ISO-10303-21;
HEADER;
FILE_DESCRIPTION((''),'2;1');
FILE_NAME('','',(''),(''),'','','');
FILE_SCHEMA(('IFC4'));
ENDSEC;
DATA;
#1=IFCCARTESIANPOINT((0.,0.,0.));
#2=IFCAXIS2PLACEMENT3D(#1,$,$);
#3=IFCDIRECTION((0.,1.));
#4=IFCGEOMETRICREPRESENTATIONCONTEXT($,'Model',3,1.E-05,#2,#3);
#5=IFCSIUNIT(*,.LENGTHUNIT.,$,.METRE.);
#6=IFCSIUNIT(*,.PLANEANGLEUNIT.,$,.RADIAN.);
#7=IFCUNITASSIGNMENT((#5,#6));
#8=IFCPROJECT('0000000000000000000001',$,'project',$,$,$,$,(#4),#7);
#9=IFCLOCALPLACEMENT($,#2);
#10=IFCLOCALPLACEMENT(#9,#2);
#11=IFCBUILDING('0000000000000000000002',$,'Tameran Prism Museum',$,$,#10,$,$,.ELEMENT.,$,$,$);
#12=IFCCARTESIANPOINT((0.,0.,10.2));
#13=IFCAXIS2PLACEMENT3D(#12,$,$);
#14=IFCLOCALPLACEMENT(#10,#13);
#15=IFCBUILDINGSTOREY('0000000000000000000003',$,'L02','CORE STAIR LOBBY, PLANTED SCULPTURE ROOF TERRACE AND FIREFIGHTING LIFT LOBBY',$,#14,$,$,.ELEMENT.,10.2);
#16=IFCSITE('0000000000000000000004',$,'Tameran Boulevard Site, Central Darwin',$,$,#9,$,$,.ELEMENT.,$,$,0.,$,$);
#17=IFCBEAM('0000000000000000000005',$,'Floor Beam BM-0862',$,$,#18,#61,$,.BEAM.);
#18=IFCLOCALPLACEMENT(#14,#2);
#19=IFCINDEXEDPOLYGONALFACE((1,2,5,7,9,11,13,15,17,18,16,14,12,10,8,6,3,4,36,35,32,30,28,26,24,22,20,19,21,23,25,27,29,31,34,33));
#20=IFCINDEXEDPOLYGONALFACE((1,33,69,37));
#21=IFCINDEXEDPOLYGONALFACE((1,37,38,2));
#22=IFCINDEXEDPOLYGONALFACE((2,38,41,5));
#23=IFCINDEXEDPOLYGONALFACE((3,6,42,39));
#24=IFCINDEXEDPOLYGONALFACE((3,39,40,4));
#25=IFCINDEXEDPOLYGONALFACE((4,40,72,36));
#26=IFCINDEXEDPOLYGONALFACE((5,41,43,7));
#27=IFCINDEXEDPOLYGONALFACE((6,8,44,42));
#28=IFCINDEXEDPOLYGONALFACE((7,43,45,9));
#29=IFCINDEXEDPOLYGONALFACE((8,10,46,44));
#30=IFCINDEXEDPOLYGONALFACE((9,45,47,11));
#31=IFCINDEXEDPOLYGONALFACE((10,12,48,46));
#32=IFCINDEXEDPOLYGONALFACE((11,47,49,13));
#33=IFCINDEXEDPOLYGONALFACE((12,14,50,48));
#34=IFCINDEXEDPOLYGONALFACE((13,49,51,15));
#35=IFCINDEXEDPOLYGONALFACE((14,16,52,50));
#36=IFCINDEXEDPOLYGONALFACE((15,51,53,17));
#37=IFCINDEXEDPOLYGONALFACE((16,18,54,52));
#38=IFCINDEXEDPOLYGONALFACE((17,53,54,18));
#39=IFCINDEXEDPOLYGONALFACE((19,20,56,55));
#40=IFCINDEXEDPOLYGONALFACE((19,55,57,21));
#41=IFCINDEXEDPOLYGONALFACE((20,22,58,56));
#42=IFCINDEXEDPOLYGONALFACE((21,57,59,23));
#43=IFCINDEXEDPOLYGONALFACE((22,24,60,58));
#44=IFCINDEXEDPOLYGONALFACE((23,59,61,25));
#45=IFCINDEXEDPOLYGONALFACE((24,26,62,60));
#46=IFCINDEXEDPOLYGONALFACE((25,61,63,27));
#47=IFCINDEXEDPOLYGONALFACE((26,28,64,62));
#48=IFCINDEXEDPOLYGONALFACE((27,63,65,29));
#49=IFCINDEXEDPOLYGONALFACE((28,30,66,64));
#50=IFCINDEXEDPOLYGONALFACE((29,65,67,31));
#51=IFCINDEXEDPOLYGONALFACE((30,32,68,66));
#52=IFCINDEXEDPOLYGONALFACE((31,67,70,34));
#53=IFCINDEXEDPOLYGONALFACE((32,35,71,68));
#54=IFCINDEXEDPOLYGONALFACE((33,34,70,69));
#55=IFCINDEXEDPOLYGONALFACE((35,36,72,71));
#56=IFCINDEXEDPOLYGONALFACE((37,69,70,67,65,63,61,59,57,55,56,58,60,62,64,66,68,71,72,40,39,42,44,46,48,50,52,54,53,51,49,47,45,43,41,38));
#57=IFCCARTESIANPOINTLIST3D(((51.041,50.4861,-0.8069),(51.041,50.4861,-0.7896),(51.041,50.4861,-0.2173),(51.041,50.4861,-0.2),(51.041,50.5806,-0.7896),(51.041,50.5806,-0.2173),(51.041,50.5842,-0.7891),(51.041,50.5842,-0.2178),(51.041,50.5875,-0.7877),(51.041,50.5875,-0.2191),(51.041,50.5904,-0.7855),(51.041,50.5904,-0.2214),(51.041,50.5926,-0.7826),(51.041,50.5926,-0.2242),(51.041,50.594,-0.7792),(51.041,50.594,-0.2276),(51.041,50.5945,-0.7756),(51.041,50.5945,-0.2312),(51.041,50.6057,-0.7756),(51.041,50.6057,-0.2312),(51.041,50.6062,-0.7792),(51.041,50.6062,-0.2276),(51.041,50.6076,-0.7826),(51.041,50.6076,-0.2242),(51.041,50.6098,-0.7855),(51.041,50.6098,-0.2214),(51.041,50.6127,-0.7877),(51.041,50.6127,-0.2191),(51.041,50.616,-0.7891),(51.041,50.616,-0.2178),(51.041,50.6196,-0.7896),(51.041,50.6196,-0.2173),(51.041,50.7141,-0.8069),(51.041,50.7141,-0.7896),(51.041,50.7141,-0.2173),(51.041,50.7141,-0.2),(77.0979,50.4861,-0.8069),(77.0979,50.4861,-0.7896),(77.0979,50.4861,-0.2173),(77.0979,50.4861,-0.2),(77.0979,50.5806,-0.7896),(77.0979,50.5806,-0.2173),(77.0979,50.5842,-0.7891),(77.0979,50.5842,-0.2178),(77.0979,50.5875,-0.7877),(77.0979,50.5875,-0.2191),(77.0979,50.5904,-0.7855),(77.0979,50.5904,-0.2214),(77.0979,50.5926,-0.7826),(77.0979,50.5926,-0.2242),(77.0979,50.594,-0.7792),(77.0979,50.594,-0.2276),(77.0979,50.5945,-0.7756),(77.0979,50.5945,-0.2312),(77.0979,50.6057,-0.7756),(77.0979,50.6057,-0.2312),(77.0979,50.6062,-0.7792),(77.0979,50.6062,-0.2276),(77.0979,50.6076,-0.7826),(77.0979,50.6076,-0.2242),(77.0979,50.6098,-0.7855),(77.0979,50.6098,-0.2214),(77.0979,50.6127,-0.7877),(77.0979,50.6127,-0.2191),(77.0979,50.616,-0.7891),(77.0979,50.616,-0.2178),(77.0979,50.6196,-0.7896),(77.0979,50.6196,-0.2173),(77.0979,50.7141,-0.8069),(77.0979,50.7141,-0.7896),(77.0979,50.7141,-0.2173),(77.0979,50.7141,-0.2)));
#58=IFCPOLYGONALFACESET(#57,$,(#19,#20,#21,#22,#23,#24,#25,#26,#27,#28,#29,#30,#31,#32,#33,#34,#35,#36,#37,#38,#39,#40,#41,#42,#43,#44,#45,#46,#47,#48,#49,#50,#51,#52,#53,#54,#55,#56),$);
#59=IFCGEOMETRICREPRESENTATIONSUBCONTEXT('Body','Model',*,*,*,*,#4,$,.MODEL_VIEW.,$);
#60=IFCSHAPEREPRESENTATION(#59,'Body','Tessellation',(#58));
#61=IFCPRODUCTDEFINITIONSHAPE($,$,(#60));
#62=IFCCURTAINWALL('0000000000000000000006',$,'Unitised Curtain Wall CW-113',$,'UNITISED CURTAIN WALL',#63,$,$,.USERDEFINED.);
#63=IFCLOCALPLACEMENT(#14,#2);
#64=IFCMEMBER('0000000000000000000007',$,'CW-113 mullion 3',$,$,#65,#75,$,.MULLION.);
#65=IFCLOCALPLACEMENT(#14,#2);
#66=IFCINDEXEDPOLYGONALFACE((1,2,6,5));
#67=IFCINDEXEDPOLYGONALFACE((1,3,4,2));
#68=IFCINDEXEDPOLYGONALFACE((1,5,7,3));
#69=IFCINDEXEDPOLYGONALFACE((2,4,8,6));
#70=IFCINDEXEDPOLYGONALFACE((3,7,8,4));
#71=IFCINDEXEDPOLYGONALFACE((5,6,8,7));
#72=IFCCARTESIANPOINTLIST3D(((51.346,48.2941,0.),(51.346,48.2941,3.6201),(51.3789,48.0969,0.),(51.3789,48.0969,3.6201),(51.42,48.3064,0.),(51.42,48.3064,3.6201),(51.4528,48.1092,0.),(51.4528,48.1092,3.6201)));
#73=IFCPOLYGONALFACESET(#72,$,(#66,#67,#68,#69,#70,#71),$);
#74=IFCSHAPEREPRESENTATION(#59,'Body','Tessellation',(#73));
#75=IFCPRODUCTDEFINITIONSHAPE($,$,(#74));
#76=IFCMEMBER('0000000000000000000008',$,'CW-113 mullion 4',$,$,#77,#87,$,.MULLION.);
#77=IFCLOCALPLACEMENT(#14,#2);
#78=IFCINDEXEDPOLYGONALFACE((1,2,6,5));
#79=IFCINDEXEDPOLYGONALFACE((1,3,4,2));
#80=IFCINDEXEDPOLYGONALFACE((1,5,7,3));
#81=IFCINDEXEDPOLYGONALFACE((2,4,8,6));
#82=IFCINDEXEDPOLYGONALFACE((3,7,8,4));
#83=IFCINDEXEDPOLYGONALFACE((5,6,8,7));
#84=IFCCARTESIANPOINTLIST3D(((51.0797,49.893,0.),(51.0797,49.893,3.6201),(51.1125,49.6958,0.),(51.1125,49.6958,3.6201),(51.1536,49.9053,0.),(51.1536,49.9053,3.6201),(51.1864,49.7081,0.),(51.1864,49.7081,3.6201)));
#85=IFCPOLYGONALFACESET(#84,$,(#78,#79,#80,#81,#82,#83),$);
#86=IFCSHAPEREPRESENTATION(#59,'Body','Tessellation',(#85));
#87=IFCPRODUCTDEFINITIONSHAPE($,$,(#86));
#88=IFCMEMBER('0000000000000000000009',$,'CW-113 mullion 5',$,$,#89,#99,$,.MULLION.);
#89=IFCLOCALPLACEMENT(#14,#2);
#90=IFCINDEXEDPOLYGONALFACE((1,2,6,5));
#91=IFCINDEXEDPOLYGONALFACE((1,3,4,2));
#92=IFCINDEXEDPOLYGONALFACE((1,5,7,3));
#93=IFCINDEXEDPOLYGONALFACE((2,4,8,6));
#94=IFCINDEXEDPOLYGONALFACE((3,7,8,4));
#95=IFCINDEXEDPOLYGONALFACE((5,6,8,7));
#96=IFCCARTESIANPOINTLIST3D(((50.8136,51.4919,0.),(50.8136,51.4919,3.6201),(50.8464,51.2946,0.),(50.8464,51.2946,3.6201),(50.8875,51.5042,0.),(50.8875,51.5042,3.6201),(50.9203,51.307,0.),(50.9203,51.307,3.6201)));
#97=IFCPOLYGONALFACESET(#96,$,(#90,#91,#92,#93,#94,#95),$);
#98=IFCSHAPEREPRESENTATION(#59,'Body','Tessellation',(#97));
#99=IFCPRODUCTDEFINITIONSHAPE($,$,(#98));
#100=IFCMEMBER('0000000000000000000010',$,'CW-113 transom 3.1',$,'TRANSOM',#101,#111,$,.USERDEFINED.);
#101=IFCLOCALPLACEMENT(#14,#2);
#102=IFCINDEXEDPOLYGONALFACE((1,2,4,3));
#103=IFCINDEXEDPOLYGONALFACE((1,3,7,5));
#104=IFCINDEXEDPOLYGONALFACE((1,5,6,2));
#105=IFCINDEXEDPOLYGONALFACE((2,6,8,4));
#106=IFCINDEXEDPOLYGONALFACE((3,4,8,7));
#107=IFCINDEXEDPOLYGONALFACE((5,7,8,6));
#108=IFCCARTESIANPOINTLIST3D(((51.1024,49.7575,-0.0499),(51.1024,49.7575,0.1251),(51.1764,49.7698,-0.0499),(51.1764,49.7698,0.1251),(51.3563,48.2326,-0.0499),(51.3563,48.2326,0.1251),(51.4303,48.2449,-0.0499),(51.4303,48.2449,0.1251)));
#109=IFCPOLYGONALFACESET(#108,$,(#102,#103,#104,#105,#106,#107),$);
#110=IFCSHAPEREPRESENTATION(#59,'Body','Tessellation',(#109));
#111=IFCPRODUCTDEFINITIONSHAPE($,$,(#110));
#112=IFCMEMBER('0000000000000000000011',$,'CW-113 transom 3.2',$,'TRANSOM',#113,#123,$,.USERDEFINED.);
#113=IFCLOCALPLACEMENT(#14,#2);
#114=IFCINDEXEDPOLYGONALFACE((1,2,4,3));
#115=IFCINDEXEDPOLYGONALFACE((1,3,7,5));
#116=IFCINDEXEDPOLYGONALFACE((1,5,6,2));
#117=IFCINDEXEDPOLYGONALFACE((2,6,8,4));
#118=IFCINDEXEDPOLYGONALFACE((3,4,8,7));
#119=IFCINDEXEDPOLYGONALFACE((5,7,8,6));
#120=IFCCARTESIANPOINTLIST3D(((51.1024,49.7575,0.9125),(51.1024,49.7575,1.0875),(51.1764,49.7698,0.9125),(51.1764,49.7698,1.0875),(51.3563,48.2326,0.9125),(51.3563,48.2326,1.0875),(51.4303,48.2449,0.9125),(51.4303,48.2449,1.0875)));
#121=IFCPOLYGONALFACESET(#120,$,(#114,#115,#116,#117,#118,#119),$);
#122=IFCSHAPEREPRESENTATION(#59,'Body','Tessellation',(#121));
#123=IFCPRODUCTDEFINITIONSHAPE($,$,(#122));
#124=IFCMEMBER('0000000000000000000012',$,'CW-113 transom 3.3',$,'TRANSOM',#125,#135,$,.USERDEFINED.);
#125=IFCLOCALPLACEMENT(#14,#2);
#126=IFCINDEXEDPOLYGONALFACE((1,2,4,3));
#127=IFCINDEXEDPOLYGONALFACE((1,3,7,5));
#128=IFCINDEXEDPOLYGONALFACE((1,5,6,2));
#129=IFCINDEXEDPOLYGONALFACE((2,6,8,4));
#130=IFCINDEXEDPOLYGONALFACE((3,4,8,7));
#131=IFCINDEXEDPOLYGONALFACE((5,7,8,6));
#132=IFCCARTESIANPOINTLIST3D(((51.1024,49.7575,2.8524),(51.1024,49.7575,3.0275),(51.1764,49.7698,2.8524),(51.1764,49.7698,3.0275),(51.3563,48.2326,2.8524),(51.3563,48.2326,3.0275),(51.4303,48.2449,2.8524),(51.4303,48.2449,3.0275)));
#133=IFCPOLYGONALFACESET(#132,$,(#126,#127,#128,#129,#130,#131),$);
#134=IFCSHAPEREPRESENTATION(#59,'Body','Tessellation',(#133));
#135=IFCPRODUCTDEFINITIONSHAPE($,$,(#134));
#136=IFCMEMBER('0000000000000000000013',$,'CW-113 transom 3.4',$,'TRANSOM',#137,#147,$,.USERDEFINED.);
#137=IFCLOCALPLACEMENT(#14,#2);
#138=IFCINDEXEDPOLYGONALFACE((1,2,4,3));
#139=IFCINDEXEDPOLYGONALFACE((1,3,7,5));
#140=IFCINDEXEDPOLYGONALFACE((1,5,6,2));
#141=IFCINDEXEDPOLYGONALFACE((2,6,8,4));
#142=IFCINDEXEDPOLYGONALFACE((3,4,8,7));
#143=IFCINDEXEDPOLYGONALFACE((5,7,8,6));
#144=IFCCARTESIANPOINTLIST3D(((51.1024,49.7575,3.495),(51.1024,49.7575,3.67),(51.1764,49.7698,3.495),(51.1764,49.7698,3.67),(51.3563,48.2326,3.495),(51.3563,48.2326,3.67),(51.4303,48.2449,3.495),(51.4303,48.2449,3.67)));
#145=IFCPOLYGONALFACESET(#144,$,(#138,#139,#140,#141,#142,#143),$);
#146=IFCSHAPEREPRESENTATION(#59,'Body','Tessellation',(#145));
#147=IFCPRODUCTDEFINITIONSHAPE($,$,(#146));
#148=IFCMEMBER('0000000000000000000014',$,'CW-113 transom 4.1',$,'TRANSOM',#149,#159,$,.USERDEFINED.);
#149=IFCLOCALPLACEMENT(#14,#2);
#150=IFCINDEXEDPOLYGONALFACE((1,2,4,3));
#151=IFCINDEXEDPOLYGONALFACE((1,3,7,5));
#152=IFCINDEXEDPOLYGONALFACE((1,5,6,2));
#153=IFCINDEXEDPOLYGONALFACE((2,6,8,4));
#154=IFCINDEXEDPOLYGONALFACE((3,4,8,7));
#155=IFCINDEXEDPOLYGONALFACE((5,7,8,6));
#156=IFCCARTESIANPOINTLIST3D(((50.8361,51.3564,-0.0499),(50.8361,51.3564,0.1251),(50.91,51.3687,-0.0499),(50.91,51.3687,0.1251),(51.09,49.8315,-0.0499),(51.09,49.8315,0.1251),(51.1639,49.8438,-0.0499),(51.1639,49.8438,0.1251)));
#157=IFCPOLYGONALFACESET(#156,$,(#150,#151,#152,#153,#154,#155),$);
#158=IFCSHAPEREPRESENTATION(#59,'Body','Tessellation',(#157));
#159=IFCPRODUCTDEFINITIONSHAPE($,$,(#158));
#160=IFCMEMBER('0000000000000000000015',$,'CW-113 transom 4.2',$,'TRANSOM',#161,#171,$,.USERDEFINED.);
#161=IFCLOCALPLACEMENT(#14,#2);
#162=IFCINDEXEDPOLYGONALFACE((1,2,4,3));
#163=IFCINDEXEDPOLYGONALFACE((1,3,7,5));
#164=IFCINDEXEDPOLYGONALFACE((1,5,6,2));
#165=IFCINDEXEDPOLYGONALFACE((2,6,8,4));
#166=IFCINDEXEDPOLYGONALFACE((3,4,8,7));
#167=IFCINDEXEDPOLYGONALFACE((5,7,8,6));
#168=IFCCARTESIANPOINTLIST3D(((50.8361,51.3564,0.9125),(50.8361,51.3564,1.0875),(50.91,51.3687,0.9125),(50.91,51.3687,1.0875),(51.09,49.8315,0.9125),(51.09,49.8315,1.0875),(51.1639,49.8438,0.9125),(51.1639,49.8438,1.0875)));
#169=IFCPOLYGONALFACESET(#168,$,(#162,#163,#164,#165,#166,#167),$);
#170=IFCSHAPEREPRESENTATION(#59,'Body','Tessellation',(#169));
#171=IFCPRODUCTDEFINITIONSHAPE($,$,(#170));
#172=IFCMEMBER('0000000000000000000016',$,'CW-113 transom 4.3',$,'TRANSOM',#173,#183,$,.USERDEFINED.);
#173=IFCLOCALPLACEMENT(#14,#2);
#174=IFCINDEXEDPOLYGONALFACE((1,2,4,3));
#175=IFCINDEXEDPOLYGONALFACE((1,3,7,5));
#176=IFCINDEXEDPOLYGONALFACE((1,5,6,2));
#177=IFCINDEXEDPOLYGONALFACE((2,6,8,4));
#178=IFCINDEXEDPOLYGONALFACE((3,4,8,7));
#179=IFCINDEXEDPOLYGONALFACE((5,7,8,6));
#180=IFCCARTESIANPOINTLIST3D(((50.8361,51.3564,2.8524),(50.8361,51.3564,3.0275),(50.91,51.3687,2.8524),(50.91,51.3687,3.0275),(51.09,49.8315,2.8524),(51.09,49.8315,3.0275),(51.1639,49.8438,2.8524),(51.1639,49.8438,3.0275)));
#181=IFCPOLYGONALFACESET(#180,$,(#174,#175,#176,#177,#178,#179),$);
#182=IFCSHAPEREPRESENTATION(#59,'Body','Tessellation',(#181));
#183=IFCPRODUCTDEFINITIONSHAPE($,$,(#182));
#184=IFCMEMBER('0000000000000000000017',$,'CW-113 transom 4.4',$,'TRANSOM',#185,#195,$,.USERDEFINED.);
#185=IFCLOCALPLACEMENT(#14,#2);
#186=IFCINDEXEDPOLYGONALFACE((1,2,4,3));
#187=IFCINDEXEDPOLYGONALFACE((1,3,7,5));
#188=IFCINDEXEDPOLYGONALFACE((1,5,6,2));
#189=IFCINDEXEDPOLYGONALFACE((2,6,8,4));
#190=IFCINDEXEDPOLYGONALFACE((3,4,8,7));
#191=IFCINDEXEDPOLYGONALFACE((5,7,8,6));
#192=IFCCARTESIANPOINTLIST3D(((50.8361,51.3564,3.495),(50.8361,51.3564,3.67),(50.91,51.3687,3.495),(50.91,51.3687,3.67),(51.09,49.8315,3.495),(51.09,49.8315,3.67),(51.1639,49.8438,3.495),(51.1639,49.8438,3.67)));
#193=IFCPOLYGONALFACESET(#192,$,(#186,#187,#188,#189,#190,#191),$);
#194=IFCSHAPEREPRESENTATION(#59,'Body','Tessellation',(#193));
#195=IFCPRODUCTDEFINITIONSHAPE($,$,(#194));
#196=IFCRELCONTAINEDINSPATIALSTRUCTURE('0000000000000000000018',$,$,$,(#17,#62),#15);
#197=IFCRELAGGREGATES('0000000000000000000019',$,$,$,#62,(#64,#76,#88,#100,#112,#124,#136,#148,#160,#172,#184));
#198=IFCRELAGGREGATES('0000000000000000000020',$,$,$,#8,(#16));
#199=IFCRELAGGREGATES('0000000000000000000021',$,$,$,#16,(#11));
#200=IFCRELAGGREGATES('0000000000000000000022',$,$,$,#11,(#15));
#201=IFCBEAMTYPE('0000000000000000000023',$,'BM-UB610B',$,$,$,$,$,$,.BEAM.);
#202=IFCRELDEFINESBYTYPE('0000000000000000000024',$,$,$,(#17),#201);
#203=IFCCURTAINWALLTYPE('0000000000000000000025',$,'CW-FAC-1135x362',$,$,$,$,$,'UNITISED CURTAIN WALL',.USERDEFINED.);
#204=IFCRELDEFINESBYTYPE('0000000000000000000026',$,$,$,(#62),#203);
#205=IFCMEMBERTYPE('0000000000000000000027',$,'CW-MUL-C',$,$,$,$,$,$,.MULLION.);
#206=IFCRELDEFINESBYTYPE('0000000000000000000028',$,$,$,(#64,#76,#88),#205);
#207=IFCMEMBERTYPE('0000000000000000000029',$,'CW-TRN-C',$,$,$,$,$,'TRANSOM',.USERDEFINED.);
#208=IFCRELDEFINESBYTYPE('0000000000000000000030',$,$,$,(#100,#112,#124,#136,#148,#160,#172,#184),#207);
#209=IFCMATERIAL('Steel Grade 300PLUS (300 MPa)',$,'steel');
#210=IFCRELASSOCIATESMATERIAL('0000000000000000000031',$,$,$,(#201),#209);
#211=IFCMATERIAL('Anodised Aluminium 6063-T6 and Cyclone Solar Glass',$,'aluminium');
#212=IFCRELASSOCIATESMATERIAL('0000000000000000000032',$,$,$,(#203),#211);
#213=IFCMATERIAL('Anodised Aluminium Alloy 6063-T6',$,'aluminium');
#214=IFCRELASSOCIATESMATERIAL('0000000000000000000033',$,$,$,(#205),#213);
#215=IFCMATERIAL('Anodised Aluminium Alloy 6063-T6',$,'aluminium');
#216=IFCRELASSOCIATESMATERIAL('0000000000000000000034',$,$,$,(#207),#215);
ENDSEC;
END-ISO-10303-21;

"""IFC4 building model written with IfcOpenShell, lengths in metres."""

from ifc_helpers import new_model, si_unit, direction, frame, origin, origin_2d, place, context, subcontext, project, spatial, rectangle, i_section, extrude, material, material_profile, profile_set, type_object, element, aggregate, save


model = new_model("IFC4")

# Units and contexts
model_context = context("Model", 3, precision=1e-05, world=origin(), true_north=direction((0.0, 1.0)))
body_context = subcontext(model_context, "Body", "Model", "MODEL_VIEW")
ifc_project = project(units=[si_unit("LENGTHUNIT", "METRE"), si_unit("PLANEANGLEUNIT", "RADIAN")], contexts=[model_context])

# Site, building, storey
site_placement = place(None, origin())
site = spatial("IfcSite", under=ifc_project, at=site_placement, Name="Tameran Boulevard Site, Central Darwin", CompositionType="ELEMENT", RefElevation=0.0)
building_placement = place(site_placement, origin())
building = spatial("IfcBuilding", under=site, at=building_placement, Name="Tameran Prism Museum", CompositionType="ELEMENT")
storey_placement = place(building_placement, frame((0.0, 0.0, 10.2)))
storey = spatial("IfcBuildingStorey", under=building, at=storey_placement, Name="L02", Description="CORE STAIR LOBBY, PLANTED SCULPTURE ROOF TERRACE AND FIREFIGHTING LIFT LOBBY", CompositionType="ELEMENT", Elevation=10.2)

# Beam
ifc_material_1 = material(Name="Steel Grade 300PLUS (300 MPa)", Category="steel")
ifc_material_profile_1 = material_profile(ifc_material_1, i_section(OverallWidth=0.228, OverallDepth=0.6069, WebThickness=0.0112, FlangeThickness=0.0173, FilletRadius=0.0139, at=origin_2d()))
ifc_profile_set_1 = profile_set([ifc_material_profile_1])
beam_type = type_object("IfcBeamType", Name="BM-UB610B", PredefinedType="BEAM", material=ifc_profile_set_1)
beam_placement = place(storey_placement, frame((51.041, 50.6001, -0.5034), z_axis=(1.0, 0.0, 0.0), x_axis=(0.0, 1.0, 0.0)))
element("IfcBeam", 1, at=beam_placement, inside=storey, type_object=beam_type, Name="Floor Beam BM-0862", PredefinedType="BEAM", context=body_context, shape_type="SweptSolid", body=[
    extrude(i_section(OverallWidth=0.228, OverallDepth=0.6069, WebThickness=0.0112, FlangeThickness=0.0173, FilletRadius=0.0139, at=origin_2d()), origin(), (0.0, 0.0, 1.0), 26.0569),
])

# Curtain wall, members
ifc_material_2 = material(Name="Anodised Aluminium 6063-T6 and Cyclone Solar Glass", Category="aluminium")
curtain_wall_type = type_object("IfcCurtainWallType", Name="CW-FAC-1135x362", ElementType="UNITISED CURTAIN WALL", PredefinedType="USERDEFINED", material=ifc_material_2)
curtain_wall_placement = place(storey_placement, origin())
curtain_wall = element("IfcCurtainWall", 2, at=curtain_wall_placement, inside=storey, type_object=curtain_wall_type, Name="Unitised Curtain Wall CW-113", ObjectType="UNITISED CURTAIN WALL", PredefinedType="USERDEFINED")
ifc_material_3 = material(Name="Anodised Aluminium Alloy 6063-T6", Category="aluminium")
ifc_material_profile_2 = material_profile(ifc_material_3, rectangle(XDim=0.075, YDim=0.2, at=origin_2d()))
ifc_profile_set_2 = profile_set([ifc_material_profile_2])
member_type_1 = type_object("IfcMemberType", Name="CW-MUL-C", PredefinedType="MULLION", material=ifc_profile_set_2)
member_1_placement = place(storey_placement, frame((51.3994, 48.2017, 0.0), z_axis=(0.0, 0.0, 1.0), x_axis=(-0.986413, -0.164285, 0.0)))
member_1 = element("IfcMember", 3, at=member_1_placement, type_object=member_type_1, Name="CW-113 mullion 3", PredefinedType="MULLION", context=body_context, shape_type="SweptSolid", body=[
    extrude(rectangle(XDim=0.075, YDim=0.2, at=origin_2d()), origin(), (0.0, 0.0, 1.0), 3.6201),
])
member_2_placement = place(storey_placement, frame((51.1331, 49.8005, 0.0), z_axis=(0.0, 0.0, 1.0), x_axis=(-0.986413, -0.164285, 0.0)))
member_2 = element("IfcMember", 4, at=member_2_placement, type_object=member_type_1, Name="CW-113 mullion 4", PredefinedType="MULLION", context=body_context, shape_type="SweptSolid", body=[
    extrude(rectangle(XDim=0.075, YDim=0.2, at=origin_2d()), origin(), (0.0, 0.0, 1.0), 3.6201),
])
member_3_placement = place(storey_placement, frame((50.8669, 51.3994, 0.0), z_axis=(0.0, 0.0, 1.0), x_axis=(-0.986413, -0.164285, 0.0)))
member_3 = element("IfcMember", 5, at=member_3_placement, type_object=member_type_1, Name="CW-113 mullion 5", PredefinedType="MULLION", context=body_context, shape_type="SweptSolid", body=[
    extrude(rectangle(XDim=0.075, YDim=0.2, at=origin_2d()), origin(), (0.0, 0.0, 1.0), 3.6201),
])
ifc_material_4 = material(Name="Anodised Aluminium Alloy 6063-T6", Category="aluminium")
ifc_material_profile_3 = material_profile(ifc_material_4, rectangle(XDim=0.075, YDim=0.175, at=origin_2d()))
ifc_profile_set_3 = profile_set([ifc_material_profile_3])
member_type_2 = type_object("IfcMemberType", Name="CW-TRN-C", ElementType="TRANSOM", PredefinedType="USERDEFINED", material=ifc_profile_set_3)
member_4_placement = place(storey_placement, frame((51.3933, 48.2388, 0.0376), z_axis=(-0.164245, 0.98642, 0.0), x_axis=(-0.98642, -0.164245, 0.0)))
member_4 = element("IfcMember", 6, at=member_4_placement, type_object=member_type_2, Name="CW-113 transom 3.1", ObjectType="TRANSOM", PredefinedType="USERDEFINED", context=body_context, shape_type="SweptSolid", body=[
    extrude(rectangle(XDim=0.075, YDim=0.175, at=origin_2d()), origin(), (0.0, 0.0, 1.0), 1.5459),
])
member_5_placement = place(storey_placement, frame((51.3933, 48.2388, 1.0), z_axis=(-0.164245, 0.98642, 0.0), x_axis=(-0.98642, -0.164245, 0.0)))
member_5 = element("IfcMember", 7, at=member_5_placement, type_object=member_type_2, Name="CW-113 transom 3.2", ObjectType="TRANSOM", PredefinedType="USERDEFINED", context=body_context, shape_type="SweptSolid", body=[
    extrude(rectangle(XDim=0.075, YDim=0.175, at=origin_2d()), origin(), (0.0, 0.0, 1.0), 1.5459),
])
member_6_placement = place(storey_placement, frame((51.3933, 48.2388, 2.9399), z_axis=(-0.164245, 0.98642, 0.0), x_axis=(-0.98642, -0.164245, 0.0)))
member_6 = element("IfcMember", 8, at=member_6_placement, type_object=member_type_2, Name="CW-113 transom 3.3", ObjectType="TRANSOM", PredefinedType="USERDEFINED", context=body_context, shape_type="SweptSolid", body=[
    extrude(rectangle(XDim=0.075, YDim=0.175, at=origin_2d()), origin(), (0.0, 0.0, 1.0), 1.5459),
])
member_7_placement = place(storey_placement, frame((51.3933, 48.2388, 3.5825), z_axis=(-0.164245, 0.98642, 0.0), x_axis=(-0.98642, -0.164245, 0.0)))
member_7 = element("IfcMember", 9, at=member_7_placement, type_object=member_type_2, Name="CW-113 transom 3.4", ObjectType="TRANSOM", PredefinedType="USERDEFINED", context=body_context, shape_type="SweptSolid", body=[
    extrude(rectangle(XDim=0.075, YDim=0.175, at=origin_2d()), origin(), (0.0, 0.0, 1.0), 1.5459),
])
member_8_placement = place(storey_placement, frame((51.127, 49.8376, 0.0376), z_axis=(-0.164245, 0.98642, 0.0), x_axis=(-0.98642, -0.164245, 0.0)))
member_8 = element("IfcMember", 10, at=member_8_placement, type_object=member_type_2, Name="CW-113 transom 4.1", ObjectType="TRANSOM", PredefinedType="USERDEFINED", context=body_context, shape_type="SweptSolid", body=[
    extrude(rectangle(XDim=0.075, YDim=0.175, at=origin_2d()), origin(), (0.0, 0.0, 1.0), 1.5459),
])
member_9_placement = place(storey_placement, frame((51.127, 49.8376, 1.0), z_axis=(-0.164245, 0.98642, 0.0), x_axis=(-0.98642, -0.164245, 0.0)))
member_9 = element("IfcMember", 11, at=member_9_placement, type_object=member_type_2, Name="CW-113 transom 4.2", ObjectType="TRANSOM", PredefinedType="USERDEFINED", context=body_context, shape_type="SweptSolid", body=[
    extrude(rectangle(XDim=0.075, YDim=0.175, at=origin_2d()), origin(), (0.0, 0.0, 1.0), 1.5459),
])
member_10_placement = place(storey_placement, frame((51.127, 49.8376, 2.9399), z_axis=(-0.164245, 0.98642, 0.0), x_axis=(-0.98642, -0.164245, 0.0)))
member_10 = element("IfcMember", 12, at=member_10_placement, type_object=member_type_2, Name="CW-113 transom 4.3", ObjectType="TRANSOM", PredefinedType="USERDEFINED", context=body_context, shape_type="SweptSolid", body=[
    extrude(rectangle(XDim=0.075, YDim=0.175, at=origin_2d()), origin(), (0.0, 0.0, 1.0), 1.5459),
])
member_11_placement = place(storey_placement, frame((51.127, 49.8376, 3.5825), z_axis=(-0.164245, 0.98642, 0.0), x_axis=(-0.98642, -0.164245, 0.0)))
member_11 = element("IfcMember", 13, at=member_11_placement, type_object=member_type_2, Name="CW-113 transom 4.4", ObjectType="TRANSOM", PredefinedType="USERDEFINED", context=body_context, shape_type="SweptSolid", body=[
    extrude(rectangle(XDim=0.075, YDim=0.175, at=origin_2d()), origin(), (0.0, 0.0, 1.0), 1.5459),
])
aggregate(curtain_wall, [member_1, member_2, member_3, member_4, member_5, member_6, member_7, member_8, member_9, member_10, member_11])

save(model, "model.ifc")
